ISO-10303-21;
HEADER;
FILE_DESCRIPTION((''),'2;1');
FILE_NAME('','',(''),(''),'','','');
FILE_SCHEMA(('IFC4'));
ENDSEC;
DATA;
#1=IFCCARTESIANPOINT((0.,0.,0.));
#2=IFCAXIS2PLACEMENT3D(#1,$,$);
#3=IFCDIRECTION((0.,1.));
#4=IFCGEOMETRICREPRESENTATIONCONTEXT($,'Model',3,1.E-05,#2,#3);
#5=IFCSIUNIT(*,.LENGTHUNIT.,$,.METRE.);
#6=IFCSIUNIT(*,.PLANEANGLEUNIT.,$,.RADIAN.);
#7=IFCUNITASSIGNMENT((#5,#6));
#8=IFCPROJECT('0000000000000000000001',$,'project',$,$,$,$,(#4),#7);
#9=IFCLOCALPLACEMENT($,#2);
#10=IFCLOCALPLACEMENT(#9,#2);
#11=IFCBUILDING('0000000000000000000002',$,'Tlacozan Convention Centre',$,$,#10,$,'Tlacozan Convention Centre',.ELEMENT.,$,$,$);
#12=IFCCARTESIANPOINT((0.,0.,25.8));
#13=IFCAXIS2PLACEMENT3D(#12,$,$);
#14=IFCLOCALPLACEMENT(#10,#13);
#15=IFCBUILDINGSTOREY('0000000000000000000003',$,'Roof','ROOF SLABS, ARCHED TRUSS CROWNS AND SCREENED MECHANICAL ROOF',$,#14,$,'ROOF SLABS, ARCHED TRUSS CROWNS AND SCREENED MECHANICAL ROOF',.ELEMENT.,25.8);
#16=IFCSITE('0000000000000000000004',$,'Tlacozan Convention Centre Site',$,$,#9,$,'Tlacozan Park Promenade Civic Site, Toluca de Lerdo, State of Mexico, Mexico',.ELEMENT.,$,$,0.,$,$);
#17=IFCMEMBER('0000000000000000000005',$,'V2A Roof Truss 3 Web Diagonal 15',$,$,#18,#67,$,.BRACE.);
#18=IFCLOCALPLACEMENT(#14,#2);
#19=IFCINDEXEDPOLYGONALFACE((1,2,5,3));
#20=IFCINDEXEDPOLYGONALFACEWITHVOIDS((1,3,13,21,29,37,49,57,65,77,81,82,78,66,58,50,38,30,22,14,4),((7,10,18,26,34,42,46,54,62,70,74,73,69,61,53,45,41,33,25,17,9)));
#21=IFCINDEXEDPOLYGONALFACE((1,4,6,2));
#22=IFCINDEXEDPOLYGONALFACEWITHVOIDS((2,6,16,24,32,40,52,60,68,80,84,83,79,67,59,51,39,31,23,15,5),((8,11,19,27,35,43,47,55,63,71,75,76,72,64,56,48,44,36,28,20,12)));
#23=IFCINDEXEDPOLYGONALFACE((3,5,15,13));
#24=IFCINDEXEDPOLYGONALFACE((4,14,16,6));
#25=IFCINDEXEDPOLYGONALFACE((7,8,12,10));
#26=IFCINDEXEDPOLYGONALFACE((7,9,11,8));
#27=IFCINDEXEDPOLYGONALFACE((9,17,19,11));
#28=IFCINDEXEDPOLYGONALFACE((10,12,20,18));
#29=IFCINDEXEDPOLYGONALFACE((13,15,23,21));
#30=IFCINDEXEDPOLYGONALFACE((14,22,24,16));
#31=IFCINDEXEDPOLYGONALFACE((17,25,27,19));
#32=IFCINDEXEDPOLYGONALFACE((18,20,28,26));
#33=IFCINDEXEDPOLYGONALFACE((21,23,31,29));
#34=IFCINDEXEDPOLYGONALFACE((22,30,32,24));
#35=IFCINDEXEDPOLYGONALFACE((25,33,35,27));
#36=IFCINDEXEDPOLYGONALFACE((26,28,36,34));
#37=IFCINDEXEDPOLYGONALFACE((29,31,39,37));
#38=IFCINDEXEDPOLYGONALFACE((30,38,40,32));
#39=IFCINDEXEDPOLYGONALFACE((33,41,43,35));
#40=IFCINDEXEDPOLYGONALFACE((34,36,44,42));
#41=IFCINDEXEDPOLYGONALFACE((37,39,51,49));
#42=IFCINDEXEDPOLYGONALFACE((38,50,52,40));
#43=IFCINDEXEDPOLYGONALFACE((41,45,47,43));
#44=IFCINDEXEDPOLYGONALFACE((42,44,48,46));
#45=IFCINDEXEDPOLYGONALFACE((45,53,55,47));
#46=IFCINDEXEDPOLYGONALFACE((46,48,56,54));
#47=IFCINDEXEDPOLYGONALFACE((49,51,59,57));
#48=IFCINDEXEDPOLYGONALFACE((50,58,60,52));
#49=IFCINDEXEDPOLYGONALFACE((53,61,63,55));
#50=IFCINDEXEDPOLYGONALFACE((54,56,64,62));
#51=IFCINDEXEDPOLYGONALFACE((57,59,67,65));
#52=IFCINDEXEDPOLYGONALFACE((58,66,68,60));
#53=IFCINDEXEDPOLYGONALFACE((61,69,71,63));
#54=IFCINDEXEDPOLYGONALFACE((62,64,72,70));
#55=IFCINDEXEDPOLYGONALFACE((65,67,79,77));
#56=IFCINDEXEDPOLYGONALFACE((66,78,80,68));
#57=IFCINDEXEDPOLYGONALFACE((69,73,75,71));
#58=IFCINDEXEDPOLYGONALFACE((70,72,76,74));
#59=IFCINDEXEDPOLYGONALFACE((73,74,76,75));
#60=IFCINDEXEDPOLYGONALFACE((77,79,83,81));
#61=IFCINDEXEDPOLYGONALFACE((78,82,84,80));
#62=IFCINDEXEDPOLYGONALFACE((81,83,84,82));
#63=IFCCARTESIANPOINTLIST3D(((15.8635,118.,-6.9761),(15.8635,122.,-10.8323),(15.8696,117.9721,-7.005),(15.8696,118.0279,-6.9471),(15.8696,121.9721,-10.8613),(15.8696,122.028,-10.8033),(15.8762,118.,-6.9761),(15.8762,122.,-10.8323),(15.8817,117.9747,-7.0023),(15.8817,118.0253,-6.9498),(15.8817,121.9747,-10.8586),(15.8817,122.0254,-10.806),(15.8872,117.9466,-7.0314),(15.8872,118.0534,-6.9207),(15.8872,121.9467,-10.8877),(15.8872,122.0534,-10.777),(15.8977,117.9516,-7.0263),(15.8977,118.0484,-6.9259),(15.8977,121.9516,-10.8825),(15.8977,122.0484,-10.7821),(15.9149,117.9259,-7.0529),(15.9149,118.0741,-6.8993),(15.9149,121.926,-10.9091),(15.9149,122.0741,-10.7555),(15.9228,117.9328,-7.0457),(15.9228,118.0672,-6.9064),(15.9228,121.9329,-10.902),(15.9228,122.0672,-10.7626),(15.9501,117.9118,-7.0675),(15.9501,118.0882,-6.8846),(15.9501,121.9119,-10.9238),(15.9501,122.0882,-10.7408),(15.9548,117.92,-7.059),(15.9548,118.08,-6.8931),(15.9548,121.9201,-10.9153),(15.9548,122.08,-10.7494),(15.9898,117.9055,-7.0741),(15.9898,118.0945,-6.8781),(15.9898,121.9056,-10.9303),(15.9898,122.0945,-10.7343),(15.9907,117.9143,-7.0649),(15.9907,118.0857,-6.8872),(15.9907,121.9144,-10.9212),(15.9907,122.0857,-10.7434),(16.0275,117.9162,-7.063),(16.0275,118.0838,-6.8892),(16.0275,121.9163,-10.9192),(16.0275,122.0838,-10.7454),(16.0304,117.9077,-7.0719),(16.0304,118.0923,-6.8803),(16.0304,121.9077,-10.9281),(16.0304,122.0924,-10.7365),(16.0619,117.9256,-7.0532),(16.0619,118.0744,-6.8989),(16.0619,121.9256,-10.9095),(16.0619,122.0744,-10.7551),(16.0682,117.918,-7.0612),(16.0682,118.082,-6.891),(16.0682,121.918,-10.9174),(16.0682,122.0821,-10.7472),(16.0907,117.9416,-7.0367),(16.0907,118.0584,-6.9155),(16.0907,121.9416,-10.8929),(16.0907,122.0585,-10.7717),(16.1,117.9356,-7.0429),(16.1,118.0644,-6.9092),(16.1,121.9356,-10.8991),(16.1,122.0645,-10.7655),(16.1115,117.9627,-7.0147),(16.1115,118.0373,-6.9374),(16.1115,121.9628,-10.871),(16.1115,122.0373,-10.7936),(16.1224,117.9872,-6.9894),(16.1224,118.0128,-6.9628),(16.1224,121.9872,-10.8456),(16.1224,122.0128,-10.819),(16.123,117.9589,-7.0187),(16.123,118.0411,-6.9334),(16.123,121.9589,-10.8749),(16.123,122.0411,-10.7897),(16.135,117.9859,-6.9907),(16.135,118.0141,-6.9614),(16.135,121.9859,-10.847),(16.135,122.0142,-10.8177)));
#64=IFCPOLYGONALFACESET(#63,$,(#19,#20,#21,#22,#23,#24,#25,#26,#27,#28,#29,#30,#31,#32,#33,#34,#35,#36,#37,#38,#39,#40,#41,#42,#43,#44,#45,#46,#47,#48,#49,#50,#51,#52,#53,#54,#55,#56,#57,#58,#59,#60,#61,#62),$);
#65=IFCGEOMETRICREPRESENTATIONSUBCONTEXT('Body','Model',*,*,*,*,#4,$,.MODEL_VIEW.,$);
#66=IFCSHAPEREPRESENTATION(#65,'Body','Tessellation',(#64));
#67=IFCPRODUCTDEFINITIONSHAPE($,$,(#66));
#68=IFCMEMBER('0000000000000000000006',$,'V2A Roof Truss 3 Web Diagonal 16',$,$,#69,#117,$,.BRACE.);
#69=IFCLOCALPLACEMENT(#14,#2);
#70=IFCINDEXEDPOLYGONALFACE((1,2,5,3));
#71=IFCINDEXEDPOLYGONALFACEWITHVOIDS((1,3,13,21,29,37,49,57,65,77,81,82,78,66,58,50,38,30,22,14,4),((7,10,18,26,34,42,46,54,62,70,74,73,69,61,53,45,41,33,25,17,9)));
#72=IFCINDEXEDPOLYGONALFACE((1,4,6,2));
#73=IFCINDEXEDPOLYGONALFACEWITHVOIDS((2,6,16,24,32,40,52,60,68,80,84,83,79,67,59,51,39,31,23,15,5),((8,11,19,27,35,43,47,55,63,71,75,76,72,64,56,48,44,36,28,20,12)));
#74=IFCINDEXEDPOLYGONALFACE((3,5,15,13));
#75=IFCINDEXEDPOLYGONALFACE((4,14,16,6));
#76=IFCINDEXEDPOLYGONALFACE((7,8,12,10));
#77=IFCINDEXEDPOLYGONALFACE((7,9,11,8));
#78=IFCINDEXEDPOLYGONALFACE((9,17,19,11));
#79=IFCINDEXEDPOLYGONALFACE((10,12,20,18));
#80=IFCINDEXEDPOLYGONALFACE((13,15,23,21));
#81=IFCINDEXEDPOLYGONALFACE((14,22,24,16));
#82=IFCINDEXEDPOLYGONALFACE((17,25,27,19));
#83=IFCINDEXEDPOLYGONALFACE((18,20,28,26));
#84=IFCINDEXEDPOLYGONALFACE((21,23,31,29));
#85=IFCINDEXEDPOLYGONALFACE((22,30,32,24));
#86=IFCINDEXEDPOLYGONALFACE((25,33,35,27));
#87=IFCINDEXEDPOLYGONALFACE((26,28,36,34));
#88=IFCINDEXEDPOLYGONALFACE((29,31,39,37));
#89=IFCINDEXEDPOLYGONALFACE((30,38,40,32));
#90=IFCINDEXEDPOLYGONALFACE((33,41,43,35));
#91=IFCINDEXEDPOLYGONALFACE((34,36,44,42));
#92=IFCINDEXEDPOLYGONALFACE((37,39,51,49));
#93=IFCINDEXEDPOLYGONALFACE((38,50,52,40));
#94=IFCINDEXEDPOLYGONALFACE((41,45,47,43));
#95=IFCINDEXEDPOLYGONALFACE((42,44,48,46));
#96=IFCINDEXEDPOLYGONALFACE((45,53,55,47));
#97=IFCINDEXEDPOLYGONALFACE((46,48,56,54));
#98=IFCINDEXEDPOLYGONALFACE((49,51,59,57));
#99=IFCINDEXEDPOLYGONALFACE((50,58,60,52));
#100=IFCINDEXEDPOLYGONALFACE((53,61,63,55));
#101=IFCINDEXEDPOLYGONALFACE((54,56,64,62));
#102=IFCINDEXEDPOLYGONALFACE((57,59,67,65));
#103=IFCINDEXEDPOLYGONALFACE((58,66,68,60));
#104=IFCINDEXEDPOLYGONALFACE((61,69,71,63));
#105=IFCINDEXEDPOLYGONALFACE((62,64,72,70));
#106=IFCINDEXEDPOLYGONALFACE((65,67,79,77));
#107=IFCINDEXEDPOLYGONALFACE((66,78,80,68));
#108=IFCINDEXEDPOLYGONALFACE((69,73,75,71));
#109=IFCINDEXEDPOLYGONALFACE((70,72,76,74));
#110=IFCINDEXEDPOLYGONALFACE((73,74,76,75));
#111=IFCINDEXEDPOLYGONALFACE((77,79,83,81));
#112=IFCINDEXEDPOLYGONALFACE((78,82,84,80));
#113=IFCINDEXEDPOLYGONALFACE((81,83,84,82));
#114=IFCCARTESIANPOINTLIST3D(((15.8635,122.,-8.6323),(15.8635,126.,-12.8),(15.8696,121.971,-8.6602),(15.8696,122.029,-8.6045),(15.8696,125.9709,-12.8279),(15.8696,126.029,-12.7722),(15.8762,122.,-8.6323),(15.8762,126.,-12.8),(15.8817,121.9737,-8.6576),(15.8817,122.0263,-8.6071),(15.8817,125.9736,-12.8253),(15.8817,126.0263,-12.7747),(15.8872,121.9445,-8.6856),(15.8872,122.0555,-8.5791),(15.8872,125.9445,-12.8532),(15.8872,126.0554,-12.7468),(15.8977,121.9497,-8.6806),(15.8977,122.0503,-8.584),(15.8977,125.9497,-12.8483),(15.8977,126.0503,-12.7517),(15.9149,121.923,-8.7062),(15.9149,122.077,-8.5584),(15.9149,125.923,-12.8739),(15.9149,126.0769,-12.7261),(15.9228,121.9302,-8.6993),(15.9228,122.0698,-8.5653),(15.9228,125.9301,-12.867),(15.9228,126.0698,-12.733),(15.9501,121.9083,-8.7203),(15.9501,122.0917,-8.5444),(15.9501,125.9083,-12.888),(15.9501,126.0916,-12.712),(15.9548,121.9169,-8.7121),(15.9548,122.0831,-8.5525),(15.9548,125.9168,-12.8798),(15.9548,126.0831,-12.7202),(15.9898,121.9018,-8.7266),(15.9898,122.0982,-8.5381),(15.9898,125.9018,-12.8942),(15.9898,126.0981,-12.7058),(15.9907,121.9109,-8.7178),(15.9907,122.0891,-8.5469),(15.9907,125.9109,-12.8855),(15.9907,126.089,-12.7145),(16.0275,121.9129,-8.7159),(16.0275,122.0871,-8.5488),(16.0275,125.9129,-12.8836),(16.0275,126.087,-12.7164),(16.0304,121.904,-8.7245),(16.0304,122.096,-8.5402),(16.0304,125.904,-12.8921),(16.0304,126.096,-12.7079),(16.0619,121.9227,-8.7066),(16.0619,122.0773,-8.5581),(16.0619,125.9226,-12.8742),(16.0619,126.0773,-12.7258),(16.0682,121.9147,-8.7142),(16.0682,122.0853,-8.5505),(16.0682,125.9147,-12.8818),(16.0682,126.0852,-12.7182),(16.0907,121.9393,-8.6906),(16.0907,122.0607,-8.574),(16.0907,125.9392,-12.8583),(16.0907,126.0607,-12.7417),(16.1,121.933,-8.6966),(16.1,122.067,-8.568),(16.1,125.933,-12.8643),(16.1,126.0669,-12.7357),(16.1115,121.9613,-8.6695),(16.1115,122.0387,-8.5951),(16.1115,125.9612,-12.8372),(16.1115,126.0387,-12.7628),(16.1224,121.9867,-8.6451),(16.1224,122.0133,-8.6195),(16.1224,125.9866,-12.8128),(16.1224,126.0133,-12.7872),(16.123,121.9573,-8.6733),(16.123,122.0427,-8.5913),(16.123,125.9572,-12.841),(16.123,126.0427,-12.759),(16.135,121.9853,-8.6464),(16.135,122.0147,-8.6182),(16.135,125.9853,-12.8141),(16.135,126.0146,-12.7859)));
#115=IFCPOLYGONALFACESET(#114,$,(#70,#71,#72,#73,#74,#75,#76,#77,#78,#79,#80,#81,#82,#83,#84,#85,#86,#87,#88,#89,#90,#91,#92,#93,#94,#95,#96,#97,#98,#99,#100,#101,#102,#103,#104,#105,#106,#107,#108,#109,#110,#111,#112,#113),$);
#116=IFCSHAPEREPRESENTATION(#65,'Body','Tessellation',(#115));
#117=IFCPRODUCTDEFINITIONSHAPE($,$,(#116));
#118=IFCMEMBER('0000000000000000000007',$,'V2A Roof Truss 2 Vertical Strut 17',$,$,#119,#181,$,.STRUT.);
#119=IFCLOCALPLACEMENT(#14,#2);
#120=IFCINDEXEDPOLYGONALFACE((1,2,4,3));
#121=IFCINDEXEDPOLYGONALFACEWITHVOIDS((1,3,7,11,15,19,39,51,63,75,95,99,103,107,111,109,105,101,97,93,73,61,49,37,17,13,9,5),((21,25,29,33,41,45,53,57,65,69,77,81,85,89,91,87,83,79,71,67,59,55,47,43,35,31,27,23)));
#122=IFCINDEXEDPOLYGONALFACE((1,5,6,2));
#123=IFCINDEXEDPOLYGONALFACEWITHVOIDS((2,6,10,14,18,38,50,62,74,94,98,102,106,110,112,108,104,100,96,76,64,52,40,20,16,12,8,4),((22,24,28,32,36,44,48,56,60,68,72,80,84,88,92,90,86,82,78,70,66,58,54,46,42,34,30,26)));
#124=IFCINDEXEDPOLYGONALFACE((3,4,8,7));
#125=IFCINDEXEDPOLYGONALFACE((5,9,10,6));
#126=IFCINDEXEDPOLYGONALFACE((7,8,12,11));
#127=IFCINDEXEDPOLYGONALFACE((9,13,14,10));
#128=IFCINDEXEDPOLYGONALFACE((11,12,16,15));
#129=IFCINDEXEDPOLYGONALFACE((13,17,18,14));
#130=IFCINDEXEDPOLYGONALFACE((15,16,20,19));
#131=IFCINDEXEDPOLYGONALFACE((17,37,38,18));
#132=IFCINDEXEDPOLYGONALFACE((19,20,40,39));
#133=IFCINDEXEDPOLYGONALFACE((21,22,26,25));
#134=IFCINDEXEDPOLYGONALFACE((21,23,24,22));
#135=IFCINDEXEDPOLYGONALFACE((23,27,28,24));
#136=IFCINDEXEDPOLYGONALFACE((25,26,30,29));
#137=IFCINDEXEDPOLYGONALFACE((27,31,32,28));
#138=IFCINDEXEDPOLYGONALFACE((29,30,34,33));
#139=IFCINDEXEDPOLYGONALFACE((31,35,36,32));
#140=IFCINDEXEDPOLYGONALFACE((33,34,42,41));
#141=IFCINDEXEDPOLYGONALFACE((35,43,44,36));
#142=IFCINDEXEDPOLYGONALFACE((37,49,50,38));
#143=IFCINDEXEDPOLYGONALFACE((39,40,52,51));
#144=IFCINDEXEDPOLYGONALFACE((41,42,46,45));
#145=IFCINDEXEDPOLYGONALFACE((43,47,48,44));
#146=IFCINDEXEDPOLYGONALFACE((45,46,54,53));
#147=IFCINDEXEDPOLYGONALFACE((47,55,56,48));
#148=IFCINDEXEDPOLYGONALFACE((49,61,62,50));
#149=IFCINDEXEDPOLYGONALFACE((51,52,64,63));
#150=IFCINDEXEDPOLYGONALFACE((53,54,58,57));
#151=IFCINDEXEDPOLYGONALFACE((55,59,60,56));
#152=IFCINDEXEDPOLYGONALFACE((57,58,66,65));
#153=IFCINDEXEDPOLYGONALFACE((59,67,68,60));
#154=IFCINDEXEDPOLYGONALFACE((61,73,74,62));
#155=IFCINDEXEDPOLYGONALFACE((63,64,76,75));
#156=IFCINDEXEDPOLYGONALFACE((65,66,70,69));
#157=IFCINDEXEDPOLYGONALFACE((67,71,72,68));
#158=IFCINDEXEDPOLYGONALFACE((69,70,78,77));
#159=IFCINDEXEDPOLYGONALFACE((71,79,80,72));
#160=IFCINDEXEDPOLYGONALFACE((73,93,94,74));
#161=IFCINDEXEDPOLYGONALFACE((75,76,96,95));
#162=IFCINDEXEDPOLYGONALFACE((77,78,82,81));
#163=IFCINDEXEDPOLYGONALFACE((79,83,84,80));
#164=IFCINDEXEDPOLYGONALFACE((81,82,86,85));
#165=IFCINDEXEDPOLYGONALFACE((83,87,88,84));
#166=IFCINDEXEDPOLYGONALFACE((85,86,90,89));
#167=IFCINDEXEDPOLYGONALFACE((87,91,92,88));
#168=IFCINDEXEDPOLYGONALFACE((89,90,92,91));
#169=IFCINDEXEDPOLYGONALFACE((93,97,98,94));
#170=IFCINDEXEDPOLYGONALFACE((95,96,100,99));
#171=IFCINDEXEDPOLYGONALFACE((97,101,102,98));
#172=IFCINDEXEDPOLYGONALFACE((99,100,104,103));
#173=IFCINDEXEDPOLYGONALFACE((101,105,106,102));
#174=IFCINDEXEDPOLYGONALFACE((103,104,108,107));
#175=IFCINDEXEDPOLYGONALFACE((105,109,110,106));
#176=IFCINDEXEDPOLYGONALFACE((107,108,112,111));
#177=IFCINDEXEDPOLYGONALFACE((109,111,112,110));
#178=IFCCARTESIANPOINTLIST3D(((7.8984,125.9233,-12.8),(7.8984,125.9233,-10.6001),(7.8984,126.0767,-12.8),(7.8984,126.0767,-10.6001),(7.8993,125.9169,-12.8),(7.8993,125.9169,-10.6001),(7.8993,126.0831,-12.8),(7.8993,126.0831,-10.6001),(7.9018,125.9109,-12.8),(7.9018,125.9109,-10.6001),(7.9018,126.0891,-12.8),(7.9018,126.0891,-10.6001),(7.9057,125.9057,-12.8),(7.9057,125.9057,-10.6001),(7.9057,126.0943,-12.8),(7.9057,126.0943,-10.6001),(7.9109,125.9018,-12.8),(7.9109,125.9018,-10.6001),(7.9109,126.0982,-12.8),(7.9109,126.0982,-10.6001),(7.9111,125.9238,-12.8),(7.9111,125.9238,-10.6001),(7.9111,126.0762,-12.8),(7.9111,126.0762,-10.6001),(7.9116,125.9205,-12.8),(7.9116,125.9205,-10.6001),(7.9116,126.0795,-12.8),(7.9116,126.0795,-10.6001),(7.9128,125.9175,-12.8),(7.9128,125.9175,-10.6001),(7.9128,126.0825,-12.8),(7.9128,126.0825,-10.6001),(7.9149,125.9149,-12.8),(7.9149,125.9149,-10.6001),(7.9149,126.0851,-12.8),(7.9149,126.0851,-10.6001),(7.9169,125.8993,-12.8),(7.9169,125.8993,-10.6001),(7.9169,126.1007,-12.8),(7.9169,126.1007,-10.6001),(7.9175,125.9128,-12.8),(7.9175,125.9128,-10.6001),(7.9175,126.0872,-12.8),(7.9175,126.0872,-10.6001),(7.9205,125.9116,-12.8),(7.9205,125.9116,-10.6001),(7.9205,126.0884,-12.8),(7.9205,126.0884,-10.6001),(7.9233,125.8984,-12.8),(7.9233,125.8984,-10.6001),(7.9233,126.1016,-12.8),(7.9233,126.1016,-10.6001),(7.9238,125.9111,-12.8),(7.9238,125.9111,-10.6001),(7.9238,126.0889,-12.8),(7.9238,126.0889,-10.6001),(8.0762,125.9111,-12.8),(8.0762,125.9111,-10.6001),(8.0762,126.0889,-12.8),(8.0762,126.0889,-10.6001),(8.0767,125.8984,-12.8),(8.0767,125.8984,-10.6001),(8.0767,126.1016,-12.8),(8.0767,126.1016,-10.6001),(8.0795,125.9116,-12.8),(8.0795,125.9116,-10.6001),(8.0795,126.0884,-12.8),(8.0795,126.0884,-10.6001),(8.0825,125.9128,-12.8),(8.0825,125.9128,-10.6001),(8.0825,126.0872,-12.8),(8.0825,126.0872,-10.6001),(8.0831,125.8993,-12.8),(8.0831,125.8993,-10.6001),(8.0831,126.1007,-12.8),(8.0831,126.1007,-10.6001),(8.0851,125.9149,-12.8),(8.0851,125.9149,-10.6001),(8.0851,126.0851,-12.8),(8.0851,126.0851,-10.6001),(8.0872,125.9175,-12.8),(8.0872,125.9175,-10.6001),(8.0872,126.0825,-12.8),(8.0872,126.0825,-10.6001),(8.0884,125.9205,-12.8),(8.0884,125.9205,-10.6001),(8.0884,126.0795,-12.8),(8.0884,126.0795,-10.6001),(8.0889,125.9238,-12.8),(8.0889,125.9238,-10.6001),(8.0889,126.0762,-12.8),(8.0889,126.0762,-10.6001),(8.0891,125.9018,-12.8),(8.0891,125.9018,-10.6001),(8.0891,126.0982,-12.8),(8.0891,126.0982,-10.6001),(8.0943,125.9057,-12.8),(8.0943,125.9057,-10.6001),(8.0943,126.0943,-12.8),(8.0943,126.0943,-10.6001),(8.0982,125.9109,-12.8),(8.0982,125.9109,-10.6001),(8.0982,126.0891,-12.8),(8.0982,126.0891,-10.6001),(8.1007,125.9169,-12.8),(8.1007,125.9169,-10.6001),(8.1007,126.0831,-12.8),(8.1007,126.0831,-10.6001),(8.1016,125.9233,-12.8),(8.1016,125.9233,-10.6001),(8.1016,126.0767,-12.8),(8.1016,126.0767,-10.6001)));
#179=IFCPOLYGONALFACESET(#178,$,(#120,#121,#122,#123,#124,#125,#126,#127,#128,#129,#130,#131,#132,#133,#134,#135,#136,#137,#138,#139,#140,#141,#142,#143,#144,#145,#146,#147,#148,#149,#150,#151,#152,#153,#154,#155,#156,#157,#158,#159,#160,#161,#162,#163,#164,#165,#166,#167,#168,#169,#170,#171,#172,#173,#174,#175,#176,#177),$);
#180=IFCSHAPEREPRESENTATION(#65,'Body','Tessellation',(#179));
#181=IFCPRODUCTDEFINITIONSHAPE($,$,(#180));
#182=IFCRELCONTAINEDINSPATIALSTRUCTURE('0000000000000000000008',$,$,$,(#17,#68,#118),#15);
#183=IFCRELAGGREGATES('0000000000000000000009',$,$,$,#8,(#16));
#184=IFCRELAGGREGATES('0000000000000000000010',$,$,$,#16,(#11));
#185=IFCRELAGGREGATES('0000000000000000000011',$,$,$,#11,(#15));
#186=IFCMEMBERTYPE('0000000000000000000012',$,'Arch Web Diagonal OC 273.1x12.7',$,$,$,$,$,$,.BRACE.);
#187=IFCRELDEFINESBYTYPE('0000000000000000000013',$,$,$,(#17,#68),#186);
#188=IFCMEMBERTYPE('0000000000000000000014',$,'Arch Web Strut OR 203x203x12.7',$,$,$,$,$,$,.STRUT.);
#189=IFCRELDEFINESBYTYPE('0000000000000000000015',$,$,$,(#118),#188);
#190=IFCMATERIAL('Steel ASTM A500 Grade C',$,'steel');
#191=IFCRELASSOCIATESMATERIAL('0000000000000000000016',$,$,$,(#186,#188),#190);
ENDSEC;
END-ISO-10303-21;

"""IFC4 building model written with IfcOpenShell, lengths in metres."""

from ifc_helpers import new_model, si_unit, direction, frame, origin, origin_2d, place, context, subcontext, project, spatial, hollow_rectangle, hollow_circle, extrude, material, material_profile, profile_set, type_object, element, save


model = new_model("IFC4")

# Units and contexts
model_context = context("Model", 3, precision=1e-05, world=origin(), true_north=direction((0.0, 1.0)))
body_context = subcontext(model_context, "Body", "Model", "MODEL_VIEW")
ifc_project = project(units=[si_unit("LENGTHUNIT", "METRE"), si_unit("PLANEANGLEUNIT", "RADIAN")], contexts=[model_context])

# Site, building, storey
site_placement = place(None, origin())
site = spatial("IfcSite", under=ifc_project, at=site_placement, Name="Tlacozan Convention Centre Site", LongName="Tlacozan Park Promenade Civic Site, Toluca de Lerdo, State of Mexico, Mexico", CompositionType="ELEMENT", RefElevation=0.0)
building_placement = place(site_placement, origin())
building = spatial("IfcBuilding", under=site, at=building_placement, Name="Tlacozan Convention Centre", LongName="Tlacozan Convention Centre", CompositionType="ELEMENT")
storey_placement = place(building_placement, frame((0.0, 0.0, 25.8)))
storey = spatial("IfcBuildingStorey", under=building, at=storey_placement, Name="Roof", Description="ROOF SLABS, ARCHED TRUSS CROWNS AND SCREENED MECHANICAL ROOF", LongName="ROOF SLABS, ARCHED TRUSS CROWNS AND SCREENED MECHANICAL ROOF", CompositionType="ELEMENT", Elevation=25.8)

# Members
ifc_material_1 = material(Name="Steel ASTM A500 Grade C", Category="steel")
ifc_material_profile_1 = material_profile(ifc_material_1, hollow_circle(Radius=0.1365, WallThickness=0.0127, at=origin_2d()), Name="OC 273.1x12.7")
ifc_profile_set_1 = profile_set([ifc_material_profile_1], Name="Steel ASTM A500 Grade C")
member_type_1 = type_object("IfcMemberType", Name="Arch Web Diagonal OC 273.1x12.7", PredefinedType="BRACE", material=ifc_profile_set_1)
member_1_placement = place(storey_placement, frame((16.0, 118.0, -6.9761), z_axis=(0.0, 0.719929, -0.694048), x_axis=(-1.0, 0.0, 0.0)))
element("IfcMember", 1, at=member_1_placement, inside=storey, type_object=member_type_1, Name="V2A Roof Truss 3 Web Diagonal 15", PredefinedType="BRACE", context=body_context, shape_type="SweptSolid", body=[
    extrude(hollow_circle(Radius=0.1365, WallThickness=0.0127, at=origin_2d()), origin(), (0.0, 0.0, 1.0), 5.5562),
])
member_2_placement = place(storey_placement, frame((16.0, 122.0, -8.6323), z_axis=(0.0, 0.69244, -0.721475), x_axis=(-1.0, 0.0, 0.0)))
element("IfcMember", 2, at=member_2_placement, inside=storey, type_object=member_type_1, Name="V2A Roof Truss 3 Web Diagonal 16", PredefinedType="BRACE", context=body_context, shape_type="SweptSolid", body=[
    extrude(hollow_circle(Radius=0.1365, WallThickness=0.0127, at=origin_2d()), origin(), (0.0, 0.0, 1.0), 5.7766),
])
ifc_material_profile_2 = material_profile(ifc_material_1, hollow_rectangle(XDim=0.2031, YDim=0.2031, WallThickness=0.0127, InnerFilletRadius=0.0127, OuterFilletRadius=0.0249, at=origin_2d()), Name="OR 203x203x12.7")
ifc_profile_set_2 = profile_set([ifc_material_profile_2], Name="Steel ASTM A500 Grade C")
member_type_2 = type_object("IfcMemberType", Name="Arch Web Strut OR 203x203x12.7", PredefinedType="STRUT", material=ifc_profile_set_2)
member_3_placement = place(storey_placement, frame((8.0, 126.0, -12.8), z_axis=(0.0, 0.0, 1.0), x_axis=(1.0, 0.0, 0.0)))
element("IfcMember", 3, at=member_3_placement, inside=storey, type_object=member_type_2, Name="V2A Roof Truss 2 Vertical Strut 17", PredefinedType="STRUT", context=body_context, shape_type="SweptSolid", body=[
    extrude(hollow_rectangle(XDim=0.2031, YDim=0.2031, WallThickness=0.0127, InnerFilletRadius=0.0127, OuterFilletRadius=0.0249, at=origin_2d()), origin(), (0.0, 0.0, 1.0), 2.2),
])

save(model, "model.ifc")
